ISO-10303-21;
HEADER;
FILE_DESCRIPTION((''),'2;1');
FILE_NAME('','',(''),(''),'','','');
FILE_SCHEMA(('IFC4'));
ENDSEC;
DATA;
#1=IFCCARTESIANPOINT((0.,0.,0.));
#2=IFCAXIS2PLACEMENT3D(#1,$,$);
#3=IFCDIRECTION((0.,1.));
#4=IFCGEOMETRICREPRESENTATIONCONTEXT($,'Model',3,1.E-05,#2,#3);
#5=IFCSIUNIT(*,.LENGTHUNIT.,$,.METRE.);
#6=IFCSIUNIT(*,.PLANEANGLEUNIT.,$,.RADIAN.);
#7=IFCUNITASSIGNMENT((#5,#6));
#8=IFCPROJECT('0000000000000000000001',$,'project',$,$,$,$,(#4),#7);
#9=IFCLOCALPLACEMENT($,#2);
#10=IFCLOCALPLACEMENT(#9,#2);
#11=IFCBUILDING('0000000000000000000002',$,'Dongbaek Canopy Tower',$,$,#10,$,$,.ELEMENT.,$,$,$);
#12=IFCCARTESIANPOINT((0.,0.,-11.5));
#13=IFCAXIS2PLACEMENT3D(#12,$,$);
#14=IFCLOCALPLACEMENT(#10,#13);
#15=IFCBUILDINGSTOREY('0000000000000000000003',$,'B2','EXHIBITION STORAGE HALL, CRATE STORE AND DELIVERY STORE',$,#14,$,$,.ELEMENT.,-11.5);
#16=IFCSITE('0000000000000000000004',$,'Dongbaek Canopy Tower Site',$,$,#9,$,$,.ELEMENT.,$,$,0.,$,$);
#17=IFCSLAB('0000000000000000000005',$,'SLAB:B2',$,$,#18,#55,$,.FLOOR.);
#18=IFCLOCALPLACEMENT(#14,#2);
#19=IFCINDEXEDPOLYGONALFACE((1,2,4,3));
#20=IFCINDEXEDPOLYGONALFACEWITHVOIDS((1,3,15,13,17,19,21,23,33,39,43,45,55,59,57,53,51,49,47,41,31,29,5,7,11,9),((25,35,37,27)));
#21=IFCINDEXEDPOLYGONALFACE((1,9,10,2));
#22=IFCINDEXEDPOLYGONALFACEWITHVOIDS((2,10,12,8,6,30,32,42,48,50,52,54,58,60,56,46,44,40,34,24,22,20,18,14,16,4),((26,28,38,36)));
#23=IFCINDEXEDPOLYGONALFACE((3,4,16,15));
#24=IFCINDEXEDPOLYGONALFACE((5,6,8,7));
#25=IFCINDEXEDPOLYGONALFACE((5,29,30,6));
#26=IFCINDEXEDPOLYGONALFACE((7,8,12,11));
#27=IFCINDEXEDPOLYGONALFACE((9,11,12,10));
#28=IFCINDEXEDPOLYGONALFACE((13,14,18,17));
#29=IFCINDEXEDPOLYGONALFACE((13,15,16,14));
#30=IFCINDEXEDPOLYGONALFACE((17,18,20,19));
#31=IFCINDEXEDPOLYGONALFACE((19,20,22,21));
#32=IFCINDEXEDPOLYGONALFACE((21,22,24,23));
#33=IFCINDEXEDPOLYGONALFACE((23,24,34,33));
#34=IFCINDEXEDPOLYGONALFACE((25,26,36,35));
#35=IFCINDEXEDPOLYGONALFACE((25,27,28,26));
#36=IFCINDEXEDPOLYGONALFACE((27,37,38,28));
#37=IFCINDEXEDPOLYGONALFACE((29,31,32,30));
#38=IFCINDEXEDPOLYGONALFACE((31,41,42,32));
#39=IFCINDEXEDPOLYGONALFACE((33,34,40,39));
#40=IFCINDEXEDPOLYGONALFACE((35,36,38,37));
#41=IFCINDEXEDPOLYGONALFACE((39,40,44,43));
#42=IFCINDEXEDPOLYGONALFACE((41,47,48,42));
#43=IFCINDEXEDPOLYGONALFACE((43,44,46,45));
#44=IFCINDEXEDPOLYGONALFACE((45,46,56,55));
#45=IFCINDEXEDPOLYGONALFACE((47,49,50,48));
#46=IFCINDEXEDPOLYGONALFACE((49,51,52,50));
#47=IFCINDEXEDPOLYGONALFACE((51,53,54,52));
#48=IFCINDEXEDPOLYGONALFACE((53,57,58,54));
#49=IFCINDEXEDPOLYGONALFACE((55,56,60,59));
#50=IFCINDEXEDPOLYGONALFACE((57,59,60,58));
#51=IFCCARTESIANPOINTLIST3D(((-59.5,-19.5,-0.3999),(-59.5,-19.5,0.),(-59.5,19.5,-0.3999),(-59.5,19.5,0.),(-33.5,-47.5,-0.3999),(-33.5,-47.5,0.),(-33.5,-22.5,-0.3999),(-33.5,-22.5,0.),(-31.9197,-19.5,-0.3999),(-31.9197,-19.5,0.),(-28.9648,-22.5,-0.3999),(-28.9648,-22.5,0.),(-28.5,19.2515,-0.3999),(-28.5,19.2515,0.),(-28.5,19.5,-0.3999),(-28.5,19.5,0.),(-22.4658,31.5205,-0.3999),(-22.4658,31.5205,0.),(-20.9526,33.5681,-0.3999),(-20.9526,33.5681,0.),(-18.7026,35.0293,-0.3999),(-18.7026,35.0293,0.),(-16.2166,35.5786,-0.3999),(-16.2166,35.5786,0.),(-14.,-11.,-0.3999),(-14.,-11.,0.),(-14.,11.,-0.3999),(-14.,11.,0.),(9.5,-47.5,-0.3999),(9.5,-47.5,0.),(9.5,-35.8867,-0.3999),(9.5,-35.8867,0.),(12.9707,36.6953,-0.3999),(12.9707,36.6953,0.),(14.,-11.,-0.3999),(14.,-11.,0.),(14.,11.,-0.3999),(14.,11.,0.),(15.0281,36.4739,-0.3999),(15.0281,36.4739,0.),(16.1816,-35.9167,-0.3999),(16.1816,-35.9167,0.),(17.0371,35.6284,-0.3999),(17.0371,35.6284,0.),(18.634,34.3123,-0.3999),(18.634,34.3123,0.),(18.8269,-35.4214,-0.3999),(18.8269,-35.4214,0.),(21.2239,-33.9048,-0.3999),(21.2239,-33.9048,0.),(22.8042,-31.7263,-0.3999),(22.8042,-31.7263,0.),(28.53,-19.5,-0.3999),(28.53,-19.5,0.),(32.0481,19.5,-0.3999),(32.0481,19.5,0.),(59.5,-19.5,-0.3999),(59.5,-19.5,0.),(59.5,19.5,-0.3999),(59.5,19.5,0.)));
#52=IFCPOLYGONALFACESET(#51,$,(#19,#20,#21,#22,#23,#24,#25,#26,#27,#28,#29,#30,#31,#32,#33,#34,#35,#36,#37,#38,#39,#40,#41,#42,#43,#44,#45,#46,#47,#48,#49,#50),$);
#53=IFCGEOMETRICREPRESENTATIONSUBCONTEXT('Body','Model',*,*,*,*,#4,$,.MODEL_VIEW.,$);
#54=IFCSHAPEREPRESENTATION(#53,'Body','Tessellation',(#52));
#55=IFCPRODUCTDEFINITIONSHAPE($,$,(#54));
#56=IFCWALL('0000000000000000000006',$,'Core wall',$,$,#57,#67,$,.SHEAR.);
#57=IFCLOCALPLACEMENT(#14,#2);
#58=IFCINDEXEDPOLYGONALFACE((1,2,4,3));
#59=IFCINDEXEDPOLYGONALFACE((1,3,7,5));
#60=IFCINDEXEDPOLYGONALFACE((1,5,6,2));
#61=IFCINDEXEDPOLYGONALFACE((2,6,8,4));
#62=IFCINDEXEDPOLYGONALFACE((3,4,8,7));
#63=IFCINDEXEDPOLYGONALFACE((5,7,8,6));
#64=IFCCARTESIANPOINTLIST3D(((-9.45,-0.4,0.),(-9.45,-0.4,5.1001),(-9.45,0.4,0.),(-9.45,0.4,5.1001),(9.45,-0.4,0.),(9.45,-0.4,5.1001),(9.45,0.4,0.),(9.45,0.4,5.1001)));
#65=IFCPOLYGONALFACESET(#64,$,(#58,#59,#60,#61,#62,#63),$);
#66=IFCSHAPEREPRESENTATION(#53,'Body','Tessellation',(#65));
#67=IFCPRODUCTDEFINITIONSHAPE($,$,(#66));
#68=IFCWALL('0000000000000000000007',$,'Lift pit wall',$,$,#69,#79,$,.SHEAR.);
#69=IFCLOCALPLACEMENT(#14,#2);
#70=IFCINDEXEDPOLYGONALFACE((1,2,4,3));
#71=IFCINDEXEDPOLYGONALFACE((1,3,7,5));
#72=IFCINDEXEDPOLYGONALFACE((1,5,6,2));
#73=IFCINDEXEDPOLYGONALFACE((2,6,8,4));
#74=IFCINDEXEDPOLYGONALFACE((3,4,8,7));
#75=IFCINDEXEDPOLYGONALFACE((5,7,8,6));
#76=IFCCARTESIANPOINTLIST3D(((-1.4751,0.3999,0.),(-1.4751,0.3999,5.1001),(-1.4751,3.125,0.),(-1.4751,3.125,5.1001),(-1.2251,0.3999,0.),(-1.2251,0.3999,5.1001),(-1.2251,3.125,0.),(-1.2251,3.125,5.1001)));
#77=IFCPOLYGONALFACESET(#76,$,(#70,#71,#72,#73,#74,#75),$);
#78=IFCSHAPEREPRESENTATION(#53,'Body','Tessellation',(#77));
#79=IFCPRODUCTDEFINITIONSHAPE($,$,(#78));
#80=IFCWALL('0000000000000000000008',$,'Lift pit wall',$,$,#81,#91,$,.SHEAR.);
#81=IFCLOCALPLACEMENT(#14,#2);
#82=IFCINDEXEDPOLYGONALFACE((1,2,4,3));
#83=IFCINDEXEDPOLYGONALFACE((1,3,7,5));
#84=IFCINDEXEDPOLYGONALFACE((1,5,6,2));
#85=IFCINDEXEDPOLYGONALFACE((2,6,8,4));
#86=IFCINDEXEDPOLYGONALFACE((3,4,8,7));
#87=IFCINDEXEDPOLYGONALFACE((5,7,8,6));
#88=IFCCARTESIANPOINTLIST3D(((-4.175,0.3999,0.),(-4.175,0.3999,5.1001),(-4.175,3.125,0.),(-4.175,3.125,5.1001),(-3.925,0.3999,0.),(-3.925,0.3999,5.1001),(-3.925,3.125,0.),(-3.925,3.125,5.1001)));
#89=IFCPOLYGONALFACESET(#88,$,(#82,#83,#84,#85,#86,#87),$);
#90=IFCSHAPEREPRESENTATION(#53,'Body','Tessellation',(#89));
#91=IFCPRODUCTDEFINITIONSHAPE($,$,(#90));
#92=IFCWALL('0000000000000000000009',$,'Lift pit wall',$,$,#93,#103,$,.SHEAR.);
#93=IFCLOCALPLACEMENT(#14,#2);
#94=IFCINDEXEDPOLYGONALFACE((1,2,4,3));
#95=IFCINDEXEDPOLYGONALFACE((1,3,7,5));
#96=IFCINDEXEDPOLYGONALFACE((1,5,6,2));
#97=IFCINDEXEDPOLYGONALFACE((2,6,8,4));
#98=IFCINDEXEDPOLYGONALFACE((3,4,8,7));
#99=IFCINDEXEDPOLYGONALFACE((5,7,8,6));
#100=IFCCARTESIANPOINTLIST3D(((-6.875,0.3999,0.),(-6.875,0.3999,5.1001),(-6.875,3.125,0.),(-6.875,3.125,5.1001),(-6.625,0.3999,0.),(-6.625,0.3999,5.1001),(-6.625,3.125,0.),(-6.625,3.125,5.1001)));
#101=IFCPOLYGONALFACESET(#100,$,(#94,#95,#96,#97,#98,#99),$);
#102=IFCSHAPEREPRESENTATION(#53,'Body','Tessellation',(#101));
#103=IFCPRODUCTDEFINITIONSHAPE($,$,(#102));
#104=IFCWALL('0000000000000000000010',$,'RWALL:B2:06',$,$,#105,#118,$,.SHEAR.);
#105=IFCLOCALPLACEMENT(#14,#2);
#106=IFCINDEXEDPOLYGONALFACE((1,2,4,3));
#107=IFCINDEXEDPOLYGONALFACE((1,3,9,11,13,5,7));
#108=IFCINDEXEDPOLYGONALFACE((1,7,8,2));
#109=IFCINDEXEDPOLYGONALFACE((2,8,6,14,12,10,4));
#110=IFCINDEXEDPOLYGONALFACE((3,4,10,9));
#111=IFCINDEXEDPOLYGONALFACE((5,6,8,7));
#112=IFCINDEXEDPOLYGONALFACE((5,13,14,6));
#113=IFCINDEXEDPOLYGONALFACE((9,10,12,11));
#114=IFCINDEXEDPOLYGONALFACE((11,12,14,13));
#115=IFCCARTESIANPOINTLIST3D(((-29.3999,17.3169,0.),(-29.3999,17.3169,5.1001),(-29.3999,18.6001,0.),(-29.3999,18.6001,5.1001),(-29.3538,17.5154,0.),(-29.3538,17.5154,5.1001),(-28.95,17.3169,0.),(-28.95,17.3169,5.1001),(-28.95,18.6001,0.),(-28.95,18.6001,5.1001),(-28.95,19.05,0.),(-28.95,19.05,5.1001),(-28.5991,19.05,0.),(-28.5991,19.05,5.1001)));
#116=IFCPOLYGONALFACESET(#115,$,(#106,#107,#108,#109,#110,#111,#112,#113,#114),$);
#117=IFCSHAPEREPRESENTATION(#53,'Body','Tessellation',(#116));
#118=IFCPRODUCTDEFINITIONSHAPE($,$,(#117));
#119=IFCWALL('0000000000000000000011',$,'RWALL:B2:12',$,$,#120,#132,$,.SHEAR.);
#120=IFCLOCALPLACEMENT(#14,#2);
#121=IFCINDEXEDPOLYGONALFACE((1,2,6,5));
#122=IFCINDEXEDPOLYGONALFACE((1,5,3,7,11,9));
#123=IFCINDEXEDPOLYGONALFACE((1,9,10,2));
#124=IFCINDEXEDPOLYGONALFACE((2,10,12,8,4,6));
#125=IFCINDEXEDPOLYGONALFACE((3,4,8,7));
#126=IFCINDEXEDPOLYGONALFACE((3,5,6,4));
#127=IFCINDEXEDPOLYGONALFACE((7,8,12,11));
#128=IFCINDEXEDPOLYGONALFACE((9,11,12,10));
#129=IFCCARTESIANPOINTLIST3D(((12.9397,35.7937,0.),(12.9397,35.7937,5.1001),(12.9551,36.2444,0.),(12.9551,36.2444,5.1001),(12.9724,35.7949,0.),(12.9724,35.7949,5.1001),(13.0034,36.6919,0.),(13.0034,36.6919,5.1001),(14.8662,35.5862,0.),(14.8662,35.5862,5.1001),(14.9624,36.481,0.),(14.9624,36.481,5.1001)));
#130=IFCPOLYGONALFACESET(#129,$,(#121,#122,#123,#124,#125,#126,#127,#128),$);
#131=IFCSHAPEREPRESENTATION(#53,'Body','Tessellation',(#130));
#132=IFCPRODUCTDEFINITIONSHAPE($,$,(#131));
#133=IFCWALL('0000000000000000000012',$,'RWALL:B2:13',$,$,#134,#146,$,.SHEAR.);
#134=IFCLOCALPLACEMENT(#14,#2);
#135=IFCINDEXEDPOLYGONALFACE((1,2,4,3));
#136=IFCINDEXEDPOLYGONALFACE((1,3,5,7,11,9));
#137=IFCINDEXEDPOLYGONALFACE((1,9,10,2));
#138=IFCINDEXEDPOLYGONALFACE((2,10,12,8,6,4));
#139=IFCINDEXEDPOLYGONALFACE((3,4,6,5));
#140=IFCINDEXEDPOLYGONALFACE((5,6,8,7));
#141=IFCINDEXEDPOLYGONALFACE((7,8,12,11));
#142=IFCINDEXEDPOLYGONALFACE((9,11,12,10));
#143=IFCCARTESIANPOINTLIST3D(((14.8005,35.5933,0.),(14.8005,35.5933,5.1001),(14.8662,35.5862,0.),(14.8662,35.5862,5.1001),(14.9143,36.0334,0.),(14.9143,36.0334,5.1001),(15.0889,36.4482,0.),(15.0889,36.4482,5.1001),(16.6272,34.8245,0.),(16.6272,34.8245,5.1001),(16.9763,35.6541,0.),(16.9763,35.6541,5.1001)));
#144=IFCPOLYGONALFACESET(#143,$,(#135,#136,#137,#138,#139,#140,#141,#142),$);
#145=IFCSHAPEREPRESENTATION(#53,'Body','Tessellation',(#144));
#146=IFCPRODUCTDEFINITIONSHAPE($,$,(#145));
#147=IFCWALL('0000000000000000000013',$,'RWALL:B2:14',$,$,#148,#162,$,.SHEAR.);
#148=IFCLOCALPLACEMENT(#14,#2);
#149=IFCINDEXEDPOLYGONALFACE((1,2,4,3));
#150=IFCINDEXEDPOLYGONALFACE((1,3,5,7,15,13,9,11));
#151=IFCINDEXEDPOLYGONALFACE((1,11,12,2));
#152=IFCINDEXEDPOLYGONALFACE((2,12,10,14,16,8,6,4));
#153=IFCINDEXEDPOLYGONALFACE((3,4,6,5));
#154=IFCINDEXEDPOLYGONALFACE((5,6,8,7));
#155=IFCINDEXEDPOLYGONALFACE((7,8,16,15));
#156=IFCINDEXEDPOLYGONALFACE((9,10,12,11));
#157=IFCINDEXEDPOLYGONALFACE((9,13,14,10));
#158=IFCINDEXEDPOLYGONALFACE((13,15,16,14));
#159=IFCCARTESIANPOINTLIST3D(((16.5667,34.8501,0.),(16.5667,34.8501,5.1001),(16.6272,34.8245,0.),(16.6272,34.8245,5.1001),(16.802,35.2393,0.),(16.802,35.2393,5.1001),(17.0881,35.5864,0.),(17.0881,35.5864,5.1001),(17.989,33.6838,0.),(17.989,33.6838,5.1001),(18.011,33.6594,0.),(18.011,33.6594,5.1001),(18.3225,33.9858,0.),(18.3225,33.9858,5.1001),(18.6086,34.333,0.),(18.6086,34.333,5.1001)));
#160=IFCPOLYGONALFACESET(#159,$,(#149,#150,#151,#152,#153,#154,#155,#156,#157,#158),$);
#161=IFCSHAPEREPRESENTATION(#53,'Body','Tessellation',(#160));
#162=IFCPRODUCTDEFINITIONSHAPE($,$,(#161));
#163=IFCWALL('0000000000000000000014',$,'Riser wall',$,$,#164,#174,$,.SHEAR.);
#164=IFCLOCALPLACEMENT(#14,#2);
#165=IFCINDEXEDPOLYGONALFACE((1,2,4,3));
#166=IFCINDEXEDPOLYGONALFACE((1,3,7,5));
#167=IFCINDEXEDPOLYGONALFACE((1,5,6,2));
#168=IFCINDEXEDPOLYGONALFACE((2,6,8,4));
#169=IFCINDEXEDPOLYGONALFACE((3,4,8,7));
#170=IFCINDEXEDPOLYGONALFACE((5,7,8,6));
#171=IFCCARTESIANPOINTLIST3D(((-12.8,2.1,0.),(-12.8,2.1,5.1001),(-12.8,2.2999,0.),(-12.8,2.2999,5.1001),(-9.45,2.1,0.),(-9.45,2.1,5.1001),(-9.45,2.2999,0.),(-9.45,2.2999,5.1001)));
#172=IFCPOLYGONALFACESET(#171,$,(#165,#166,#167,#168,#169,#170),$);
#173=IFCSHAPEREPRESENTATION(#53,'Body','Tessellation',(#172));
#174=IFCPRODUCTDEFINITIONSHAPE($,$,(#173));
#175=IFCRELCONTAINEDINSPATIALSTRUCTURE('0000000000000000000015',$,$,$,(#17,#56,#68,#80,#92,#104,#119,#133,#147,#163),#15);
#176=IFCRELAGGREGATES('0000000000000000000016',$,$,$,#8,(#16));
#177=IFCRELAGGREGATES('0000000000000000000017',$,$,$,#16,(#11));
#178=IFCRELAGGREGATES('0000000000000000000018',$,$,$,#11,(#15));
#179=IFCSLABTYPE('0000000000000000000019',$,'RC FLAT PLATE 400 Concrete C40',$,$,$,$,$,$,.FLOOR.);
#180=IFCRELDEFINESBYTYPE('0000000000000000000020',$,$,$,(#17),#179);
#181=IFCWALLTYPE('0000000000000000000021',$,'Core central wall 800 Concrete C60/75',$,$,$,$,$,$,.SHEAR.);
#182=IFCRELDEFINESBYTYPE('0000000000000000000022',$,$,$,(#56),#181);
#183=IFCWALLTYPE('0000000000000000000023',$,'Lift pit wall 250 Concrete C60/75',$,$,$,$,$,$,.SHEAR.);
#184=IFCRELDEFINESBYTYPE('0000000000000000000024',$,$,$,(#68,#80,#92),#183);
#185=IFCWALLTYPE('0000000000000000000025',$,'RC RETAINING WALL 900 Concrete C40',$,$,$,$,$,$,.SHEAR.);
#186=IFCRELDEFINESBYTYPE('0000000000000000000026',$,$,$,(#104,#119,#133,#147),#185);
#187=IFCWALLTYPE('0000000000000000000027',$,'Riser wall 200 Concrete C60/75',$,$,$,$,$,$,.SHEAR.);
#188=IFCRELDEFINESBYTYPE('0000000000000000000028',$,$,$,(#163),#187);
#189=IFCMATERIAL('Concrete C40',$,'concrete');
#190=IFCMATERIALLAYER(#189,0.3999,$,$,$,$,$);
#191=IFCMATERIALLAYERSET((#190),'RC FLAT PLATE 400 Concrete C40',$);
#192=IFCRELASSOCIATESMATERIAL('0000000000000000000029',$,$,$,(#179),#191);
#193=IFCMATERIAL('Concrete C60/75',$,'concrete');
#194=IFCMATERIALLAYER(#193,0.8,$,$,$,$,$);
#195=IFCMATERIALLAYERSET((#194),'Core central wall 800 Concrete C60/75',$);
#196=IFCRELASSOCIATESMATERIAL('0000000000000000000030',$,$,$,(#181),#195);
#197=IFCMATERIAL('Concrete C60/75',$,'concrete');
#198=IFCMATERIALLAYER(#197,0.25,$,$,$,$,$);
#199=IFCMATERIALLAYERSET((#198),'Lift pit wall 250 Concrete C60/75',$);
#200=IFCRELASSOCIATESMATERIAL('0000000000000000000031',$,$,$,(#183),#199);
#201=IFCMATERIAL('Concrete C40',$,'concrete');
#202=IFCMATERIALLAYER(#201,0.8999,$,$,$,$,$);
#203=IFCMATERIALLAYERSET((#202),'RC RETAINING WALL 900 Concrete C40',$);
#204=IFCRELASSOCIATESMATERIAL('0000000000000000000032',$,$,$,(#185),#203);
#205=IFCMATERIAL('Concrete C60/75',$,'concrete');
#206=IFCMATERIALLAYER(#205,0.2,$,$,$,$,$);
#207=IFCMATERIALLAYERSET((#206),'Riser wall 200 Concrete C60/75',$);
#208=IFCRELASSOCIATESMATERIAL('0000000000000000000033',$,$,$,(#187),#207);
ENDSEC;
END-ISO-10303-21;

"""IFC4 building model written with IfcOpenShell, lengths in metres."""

from ifc_helpers import new_model, si_unit, direction, frame, frame_2d, origin, place, context, subcontext, project, spatial, polyline, rectangle, outline, extrude, material, layer, layer_set, type_object, element, save


model = new_model("IFC4")

# Units and contexts
model_context = context("Model", 3, precision=1e-05, world=origin(), true_north=direction((0.0, 1.0)))
body_context = subcontext(model_context, "Body", "Model", "MODEL_VIEW")
ifc_project = project(units=[si_unit("LENGTHUNIT", "METRE"), si_unit("PLANEANGLEUNIT", "RADIAN")], contexts=[model_context])

# Site, building, storey
site_placement = place(None, origin())
site = spatial("IfcSite", under=ifc_project, at=site_placement, Name="Dongbaek Canopy Tower Site", CompositionType="ELEMENT", RefElevation=0.0)
building_placement = place(site_placement, origin())
building = spatial("IfcBuilding", under=site, at=building_placement, Name="Dongbaek Canopy Tower", CompositionType="ELEMENT")
storey_placement = place(building_placement, frame((0.0, 0.0, -11.5)))
storey = spatial("IfcBuildingStorey", under=building, at=storey_placement, Name="B2", Description="EXHIBITION STORAGE HALL, CRATE STORE AND DELIVERY STORE", CompositionType="ELEMENT", Elevation=-11.5)

# Slab
ifc_material_1 = material(Name="Concrete C40", Category="concrete")
ifc_layer_1 = layer(ifc_material_1, 0.3999)
ifc_layer_set_1 = layer_set([ifc_layer_1], Name="RC FLAT PLATE 400 Concrete C40")
slab_type = type_object("IfcSlabType", Name="RC FLAT PLATE 400 Concrete C40", PredefinedType="FLOOR", material=ifc_layer_set_1)
slab_placement = place(storey_placement, frame((0.0, 0.0, -0.3999)))
element("IfcSlab", 1, at=slab_placement, inside=storey, type_object=slab_type, Name="SLAB:B2", PredefinedType="FLOOR", context=body_context, shape_type="SweptSolid", body=[
    extrude(outline(polyline([(-33.5, -22.5), (-28.9648, -22.5), (-31.9197, -19.5), (-59.5, -19.5), (-59.5, 19.5), (-28.5, 19.5), (-28.5, 19.2515), (-22.4658, 31.5205), (-20.9526, 33.5681), (-18.7026, 35.0293), (-16.2166, 35.5786), (12.9707, 36.6953), (15.0281, 36.4739), (17.0371, 35.6284), (18.634, 34.3123), (32.0481, 19.5), (59.5, 19.5), (59.5, -19.5), (28.53, -19.5), (22.8042, -31.7263), (21.2239, -33.9048), (18.8269, -35.4214), (16.1816, -35.9167), (9.5, -35.8867), (9.5, -47.5), (-33.5, -47.5), (-33.5, -22.5)]), holes=[polyline([(14.0, 11.0), (-14.0, 11.0), (-14.0, -11.0), (14.0, -11.0), (14.0, 11.0)])]), origin(), (0.0, 0.0, 1.0), 0.3999),
])

# Walls
ifc_material_2 = material(Name="Concrete C60/75", Category="concrete")
ifc_layer_2 = layer(ifc_material_2, 0.8)
ifc_layer_set_2 = layer_set([ifc_layer_2], Name="Core central wall 800 Concrete C60/75")
wall_type_1 = type_object("IfcWallType", Name="Core central wall 800 Concrete C60/75", PredefinedType="SHEAR", material=ifc_layer_set_2)
wall_1_placement = place(storey_placement, frame((-9.45, 0.0, 0.0), z_axis=(0.0, 0.0, 1.0), x_axis=(1.0, 0.0, 0.0)))
element("IfcWall", 2, at=wall_1_placement, inside=storey, type_object=wall_type_1, Name="Core wall", PredefinedType="SHEAR", context=body_context, shape_type="SweptSolid", body=[
    extrude(rectangle(XDim=18.8999, YDim=0.8, at=frame_2d((9.45, 0.0))), origin(), (0.0, 0.0, 1.0), 5.1001),
])
ifc_material_3 = material(Name="Concrete C60/75", Category="concrete")
ifc_layer_3 = layer(ifc_material_3, 0.25)
ifc_layer_set_3 = layer_set([ifc_layer_3], Name="Lift pit wall 250 Concrete C60/75")
wall_type_2 = type_object("IfcWallType", Name="Lift pit wall 250 Concrete C60/75", PredefinedType="SHEAR", material=ifc_layer_set_3)
for number, where, z_axis, x_axis, name in (
    (3, (-1.3501, 0.3999, 0.0), (0.0, 0.0, 1.0), (0.0, 1.0, 0.0), "Lift pit wall"),
    (4, (-4.05, 0.3999, 0.0), (0.0, 0.0, 1.0), (0.0, 1.0, 0.0), "Lift pit wall"),
    (5, (-6.75, 0.3999, 0.0), (0.0, 0.0, 1.0), (0.0, 1.0, 0.0), "Lift pit wall"),
):
    element("IfcWall", number, at=place(storey_placement, frame(where, z_axis=z_axis, x_axis=x_axis)), inside=storey, type_object=wall_type_2, Name=name, PredefinedType="SHEAR", context=body_context, shape_type="SweptSolid", body=[
        extrude(rectangle(XDim=2.7251, YDim=0.25, at=frame_2d((1.3625, 0.0))), origin(), (0.0, 0.0, 1.0), 5.1001),
    ])
ifc_material_4 = material(Name="Concrete C40", Category="concrete")
ifc_layer_4 = layer(ifc_material_4, 0.8999)
ifc_layer_set_4 = layer_set([ifc_layer_4], Name="RC RETAINING WALL 900 Concrete C40")
wall_type_3 = type_object("IfcWallType", Name="RC RETAINING WALL 900 Concrete C40", PredefinedType="SHEAR", material=ifc_layer_set_4)
wall_2_placement = place(storey_placement, origin())
element("IfcWall", 6, at=wall_2_placement, inside=storey, type_object=wall_type_3, Name="RWALL:B2:06", PredefinedType="SHEAR", context=body_context, shape_type="SweptSolid", body=[
    extrude(outline(polyline([(-29.3999, 17.3169), (-28.95, 17.3169), (-29.3538, 17.5154), (-28.5991, 19.05), (-28.95, 19.05), (-28.95, 18.6001), (-29.3999, 18.6001), (-29.3999, 17.3169)])), origin(), (0.0, 0.0, 1.0), 5.1001),
])
wall_3_placement = place(storey_placement, origin())
element("IfcWall", 7, at=wall_3_placement, inside=storey, type_object=wall_type_3, Name="RWALL:B2:12", PredefinedType="SHEAR", context=body_context, shape_type="SweptSolid", body=[
    extrude(outline(polyline([(14.9624, 36.481), (13.0034, 36.6919), (12.9551, 36.2444), (12.9724, 35.7949), (12.9397, 35.7937), (14.8662, 35.5862), (14.9624, 36.481)])), origin(), (0.0, 0.0, 1.0), 5.1001),
])
wall_4_placement = place(storey_placement, origin())
element("IfcWall", 8, at=wall_4_placement, inside=storey, type_object=wall_type_3, Name="RWALL:B2:13", PredefinedType="SHEAR", context=body_context, shape_type="SweptSolid", body=[
    extrude(outline(polyline([(16.9763, 35.6541), (15.0889, 36.4482), (14.9143, 36.0334), (14.8662, 35.5862), (14.8005, 35.5933), (16.6272, 34.8245), (16.9763, 35.6541)])), origin(), (0.0, 0.0, 1.0), 5.1001),
])
wall_5_placement = place(storey_placement, origin())
element("IfcWall", 9, at=wall_5_placement, inside=storey, type_object=wall_type_3, Name="RWALL:B2:14", PredefinedType="SHEAR", context=body_context, shape_type="SweptSolid", body=[
    extrude(outline(polyline([(18.6086, 34.333), (17.0881, 35.5864), (16.802, 35.2393), (16.6272, 34.8245), (16.5667, 34.8501), (18.011, 33.6594), (17.989, 33.6838), (18.3225, 33.9858), (18.6086, 34.333)])), origin(), (0.0, 0.0, 1.0), 5.1001),
])
ifc_material_5 = material(Name="Concrete C60/75", Category="concrete")
ifc_layer_5 = layer(ifc_material_5, 0.2)
ifc_layer_set_5 = layer_set([ifc_layer_5], Name="Riser wall 200 Concrete C60/75")
wall_type_4 = type_object("IfcWallType", Name="Riser wall 200 Concrete C60/75", PredefinedType="SHEAR", material=ifc_layer_set_5)
wall_6_placement = place(storey_placement, frame((-9.45, 2.2, 0.0), z_axis=(0.0, 0.0, 1.0), x_axis=(-1.0, 0.0, 0.0)))
element("IfcWall", 10, at=wall_6_placement, inside=storey, type_object=wall_type_4, Name="Riser wall", PredefinedType="SHEAR", context=body_context, shape_type="SweptSolid", body=[
    extrude(rectangle(XDim=3.3501, YDim=0.2, at=frame_2d((1.675, 0.0))), origin(), (0.0, 0.0, 1.0), 5.1001),
])

save(model, "model.ifc")
